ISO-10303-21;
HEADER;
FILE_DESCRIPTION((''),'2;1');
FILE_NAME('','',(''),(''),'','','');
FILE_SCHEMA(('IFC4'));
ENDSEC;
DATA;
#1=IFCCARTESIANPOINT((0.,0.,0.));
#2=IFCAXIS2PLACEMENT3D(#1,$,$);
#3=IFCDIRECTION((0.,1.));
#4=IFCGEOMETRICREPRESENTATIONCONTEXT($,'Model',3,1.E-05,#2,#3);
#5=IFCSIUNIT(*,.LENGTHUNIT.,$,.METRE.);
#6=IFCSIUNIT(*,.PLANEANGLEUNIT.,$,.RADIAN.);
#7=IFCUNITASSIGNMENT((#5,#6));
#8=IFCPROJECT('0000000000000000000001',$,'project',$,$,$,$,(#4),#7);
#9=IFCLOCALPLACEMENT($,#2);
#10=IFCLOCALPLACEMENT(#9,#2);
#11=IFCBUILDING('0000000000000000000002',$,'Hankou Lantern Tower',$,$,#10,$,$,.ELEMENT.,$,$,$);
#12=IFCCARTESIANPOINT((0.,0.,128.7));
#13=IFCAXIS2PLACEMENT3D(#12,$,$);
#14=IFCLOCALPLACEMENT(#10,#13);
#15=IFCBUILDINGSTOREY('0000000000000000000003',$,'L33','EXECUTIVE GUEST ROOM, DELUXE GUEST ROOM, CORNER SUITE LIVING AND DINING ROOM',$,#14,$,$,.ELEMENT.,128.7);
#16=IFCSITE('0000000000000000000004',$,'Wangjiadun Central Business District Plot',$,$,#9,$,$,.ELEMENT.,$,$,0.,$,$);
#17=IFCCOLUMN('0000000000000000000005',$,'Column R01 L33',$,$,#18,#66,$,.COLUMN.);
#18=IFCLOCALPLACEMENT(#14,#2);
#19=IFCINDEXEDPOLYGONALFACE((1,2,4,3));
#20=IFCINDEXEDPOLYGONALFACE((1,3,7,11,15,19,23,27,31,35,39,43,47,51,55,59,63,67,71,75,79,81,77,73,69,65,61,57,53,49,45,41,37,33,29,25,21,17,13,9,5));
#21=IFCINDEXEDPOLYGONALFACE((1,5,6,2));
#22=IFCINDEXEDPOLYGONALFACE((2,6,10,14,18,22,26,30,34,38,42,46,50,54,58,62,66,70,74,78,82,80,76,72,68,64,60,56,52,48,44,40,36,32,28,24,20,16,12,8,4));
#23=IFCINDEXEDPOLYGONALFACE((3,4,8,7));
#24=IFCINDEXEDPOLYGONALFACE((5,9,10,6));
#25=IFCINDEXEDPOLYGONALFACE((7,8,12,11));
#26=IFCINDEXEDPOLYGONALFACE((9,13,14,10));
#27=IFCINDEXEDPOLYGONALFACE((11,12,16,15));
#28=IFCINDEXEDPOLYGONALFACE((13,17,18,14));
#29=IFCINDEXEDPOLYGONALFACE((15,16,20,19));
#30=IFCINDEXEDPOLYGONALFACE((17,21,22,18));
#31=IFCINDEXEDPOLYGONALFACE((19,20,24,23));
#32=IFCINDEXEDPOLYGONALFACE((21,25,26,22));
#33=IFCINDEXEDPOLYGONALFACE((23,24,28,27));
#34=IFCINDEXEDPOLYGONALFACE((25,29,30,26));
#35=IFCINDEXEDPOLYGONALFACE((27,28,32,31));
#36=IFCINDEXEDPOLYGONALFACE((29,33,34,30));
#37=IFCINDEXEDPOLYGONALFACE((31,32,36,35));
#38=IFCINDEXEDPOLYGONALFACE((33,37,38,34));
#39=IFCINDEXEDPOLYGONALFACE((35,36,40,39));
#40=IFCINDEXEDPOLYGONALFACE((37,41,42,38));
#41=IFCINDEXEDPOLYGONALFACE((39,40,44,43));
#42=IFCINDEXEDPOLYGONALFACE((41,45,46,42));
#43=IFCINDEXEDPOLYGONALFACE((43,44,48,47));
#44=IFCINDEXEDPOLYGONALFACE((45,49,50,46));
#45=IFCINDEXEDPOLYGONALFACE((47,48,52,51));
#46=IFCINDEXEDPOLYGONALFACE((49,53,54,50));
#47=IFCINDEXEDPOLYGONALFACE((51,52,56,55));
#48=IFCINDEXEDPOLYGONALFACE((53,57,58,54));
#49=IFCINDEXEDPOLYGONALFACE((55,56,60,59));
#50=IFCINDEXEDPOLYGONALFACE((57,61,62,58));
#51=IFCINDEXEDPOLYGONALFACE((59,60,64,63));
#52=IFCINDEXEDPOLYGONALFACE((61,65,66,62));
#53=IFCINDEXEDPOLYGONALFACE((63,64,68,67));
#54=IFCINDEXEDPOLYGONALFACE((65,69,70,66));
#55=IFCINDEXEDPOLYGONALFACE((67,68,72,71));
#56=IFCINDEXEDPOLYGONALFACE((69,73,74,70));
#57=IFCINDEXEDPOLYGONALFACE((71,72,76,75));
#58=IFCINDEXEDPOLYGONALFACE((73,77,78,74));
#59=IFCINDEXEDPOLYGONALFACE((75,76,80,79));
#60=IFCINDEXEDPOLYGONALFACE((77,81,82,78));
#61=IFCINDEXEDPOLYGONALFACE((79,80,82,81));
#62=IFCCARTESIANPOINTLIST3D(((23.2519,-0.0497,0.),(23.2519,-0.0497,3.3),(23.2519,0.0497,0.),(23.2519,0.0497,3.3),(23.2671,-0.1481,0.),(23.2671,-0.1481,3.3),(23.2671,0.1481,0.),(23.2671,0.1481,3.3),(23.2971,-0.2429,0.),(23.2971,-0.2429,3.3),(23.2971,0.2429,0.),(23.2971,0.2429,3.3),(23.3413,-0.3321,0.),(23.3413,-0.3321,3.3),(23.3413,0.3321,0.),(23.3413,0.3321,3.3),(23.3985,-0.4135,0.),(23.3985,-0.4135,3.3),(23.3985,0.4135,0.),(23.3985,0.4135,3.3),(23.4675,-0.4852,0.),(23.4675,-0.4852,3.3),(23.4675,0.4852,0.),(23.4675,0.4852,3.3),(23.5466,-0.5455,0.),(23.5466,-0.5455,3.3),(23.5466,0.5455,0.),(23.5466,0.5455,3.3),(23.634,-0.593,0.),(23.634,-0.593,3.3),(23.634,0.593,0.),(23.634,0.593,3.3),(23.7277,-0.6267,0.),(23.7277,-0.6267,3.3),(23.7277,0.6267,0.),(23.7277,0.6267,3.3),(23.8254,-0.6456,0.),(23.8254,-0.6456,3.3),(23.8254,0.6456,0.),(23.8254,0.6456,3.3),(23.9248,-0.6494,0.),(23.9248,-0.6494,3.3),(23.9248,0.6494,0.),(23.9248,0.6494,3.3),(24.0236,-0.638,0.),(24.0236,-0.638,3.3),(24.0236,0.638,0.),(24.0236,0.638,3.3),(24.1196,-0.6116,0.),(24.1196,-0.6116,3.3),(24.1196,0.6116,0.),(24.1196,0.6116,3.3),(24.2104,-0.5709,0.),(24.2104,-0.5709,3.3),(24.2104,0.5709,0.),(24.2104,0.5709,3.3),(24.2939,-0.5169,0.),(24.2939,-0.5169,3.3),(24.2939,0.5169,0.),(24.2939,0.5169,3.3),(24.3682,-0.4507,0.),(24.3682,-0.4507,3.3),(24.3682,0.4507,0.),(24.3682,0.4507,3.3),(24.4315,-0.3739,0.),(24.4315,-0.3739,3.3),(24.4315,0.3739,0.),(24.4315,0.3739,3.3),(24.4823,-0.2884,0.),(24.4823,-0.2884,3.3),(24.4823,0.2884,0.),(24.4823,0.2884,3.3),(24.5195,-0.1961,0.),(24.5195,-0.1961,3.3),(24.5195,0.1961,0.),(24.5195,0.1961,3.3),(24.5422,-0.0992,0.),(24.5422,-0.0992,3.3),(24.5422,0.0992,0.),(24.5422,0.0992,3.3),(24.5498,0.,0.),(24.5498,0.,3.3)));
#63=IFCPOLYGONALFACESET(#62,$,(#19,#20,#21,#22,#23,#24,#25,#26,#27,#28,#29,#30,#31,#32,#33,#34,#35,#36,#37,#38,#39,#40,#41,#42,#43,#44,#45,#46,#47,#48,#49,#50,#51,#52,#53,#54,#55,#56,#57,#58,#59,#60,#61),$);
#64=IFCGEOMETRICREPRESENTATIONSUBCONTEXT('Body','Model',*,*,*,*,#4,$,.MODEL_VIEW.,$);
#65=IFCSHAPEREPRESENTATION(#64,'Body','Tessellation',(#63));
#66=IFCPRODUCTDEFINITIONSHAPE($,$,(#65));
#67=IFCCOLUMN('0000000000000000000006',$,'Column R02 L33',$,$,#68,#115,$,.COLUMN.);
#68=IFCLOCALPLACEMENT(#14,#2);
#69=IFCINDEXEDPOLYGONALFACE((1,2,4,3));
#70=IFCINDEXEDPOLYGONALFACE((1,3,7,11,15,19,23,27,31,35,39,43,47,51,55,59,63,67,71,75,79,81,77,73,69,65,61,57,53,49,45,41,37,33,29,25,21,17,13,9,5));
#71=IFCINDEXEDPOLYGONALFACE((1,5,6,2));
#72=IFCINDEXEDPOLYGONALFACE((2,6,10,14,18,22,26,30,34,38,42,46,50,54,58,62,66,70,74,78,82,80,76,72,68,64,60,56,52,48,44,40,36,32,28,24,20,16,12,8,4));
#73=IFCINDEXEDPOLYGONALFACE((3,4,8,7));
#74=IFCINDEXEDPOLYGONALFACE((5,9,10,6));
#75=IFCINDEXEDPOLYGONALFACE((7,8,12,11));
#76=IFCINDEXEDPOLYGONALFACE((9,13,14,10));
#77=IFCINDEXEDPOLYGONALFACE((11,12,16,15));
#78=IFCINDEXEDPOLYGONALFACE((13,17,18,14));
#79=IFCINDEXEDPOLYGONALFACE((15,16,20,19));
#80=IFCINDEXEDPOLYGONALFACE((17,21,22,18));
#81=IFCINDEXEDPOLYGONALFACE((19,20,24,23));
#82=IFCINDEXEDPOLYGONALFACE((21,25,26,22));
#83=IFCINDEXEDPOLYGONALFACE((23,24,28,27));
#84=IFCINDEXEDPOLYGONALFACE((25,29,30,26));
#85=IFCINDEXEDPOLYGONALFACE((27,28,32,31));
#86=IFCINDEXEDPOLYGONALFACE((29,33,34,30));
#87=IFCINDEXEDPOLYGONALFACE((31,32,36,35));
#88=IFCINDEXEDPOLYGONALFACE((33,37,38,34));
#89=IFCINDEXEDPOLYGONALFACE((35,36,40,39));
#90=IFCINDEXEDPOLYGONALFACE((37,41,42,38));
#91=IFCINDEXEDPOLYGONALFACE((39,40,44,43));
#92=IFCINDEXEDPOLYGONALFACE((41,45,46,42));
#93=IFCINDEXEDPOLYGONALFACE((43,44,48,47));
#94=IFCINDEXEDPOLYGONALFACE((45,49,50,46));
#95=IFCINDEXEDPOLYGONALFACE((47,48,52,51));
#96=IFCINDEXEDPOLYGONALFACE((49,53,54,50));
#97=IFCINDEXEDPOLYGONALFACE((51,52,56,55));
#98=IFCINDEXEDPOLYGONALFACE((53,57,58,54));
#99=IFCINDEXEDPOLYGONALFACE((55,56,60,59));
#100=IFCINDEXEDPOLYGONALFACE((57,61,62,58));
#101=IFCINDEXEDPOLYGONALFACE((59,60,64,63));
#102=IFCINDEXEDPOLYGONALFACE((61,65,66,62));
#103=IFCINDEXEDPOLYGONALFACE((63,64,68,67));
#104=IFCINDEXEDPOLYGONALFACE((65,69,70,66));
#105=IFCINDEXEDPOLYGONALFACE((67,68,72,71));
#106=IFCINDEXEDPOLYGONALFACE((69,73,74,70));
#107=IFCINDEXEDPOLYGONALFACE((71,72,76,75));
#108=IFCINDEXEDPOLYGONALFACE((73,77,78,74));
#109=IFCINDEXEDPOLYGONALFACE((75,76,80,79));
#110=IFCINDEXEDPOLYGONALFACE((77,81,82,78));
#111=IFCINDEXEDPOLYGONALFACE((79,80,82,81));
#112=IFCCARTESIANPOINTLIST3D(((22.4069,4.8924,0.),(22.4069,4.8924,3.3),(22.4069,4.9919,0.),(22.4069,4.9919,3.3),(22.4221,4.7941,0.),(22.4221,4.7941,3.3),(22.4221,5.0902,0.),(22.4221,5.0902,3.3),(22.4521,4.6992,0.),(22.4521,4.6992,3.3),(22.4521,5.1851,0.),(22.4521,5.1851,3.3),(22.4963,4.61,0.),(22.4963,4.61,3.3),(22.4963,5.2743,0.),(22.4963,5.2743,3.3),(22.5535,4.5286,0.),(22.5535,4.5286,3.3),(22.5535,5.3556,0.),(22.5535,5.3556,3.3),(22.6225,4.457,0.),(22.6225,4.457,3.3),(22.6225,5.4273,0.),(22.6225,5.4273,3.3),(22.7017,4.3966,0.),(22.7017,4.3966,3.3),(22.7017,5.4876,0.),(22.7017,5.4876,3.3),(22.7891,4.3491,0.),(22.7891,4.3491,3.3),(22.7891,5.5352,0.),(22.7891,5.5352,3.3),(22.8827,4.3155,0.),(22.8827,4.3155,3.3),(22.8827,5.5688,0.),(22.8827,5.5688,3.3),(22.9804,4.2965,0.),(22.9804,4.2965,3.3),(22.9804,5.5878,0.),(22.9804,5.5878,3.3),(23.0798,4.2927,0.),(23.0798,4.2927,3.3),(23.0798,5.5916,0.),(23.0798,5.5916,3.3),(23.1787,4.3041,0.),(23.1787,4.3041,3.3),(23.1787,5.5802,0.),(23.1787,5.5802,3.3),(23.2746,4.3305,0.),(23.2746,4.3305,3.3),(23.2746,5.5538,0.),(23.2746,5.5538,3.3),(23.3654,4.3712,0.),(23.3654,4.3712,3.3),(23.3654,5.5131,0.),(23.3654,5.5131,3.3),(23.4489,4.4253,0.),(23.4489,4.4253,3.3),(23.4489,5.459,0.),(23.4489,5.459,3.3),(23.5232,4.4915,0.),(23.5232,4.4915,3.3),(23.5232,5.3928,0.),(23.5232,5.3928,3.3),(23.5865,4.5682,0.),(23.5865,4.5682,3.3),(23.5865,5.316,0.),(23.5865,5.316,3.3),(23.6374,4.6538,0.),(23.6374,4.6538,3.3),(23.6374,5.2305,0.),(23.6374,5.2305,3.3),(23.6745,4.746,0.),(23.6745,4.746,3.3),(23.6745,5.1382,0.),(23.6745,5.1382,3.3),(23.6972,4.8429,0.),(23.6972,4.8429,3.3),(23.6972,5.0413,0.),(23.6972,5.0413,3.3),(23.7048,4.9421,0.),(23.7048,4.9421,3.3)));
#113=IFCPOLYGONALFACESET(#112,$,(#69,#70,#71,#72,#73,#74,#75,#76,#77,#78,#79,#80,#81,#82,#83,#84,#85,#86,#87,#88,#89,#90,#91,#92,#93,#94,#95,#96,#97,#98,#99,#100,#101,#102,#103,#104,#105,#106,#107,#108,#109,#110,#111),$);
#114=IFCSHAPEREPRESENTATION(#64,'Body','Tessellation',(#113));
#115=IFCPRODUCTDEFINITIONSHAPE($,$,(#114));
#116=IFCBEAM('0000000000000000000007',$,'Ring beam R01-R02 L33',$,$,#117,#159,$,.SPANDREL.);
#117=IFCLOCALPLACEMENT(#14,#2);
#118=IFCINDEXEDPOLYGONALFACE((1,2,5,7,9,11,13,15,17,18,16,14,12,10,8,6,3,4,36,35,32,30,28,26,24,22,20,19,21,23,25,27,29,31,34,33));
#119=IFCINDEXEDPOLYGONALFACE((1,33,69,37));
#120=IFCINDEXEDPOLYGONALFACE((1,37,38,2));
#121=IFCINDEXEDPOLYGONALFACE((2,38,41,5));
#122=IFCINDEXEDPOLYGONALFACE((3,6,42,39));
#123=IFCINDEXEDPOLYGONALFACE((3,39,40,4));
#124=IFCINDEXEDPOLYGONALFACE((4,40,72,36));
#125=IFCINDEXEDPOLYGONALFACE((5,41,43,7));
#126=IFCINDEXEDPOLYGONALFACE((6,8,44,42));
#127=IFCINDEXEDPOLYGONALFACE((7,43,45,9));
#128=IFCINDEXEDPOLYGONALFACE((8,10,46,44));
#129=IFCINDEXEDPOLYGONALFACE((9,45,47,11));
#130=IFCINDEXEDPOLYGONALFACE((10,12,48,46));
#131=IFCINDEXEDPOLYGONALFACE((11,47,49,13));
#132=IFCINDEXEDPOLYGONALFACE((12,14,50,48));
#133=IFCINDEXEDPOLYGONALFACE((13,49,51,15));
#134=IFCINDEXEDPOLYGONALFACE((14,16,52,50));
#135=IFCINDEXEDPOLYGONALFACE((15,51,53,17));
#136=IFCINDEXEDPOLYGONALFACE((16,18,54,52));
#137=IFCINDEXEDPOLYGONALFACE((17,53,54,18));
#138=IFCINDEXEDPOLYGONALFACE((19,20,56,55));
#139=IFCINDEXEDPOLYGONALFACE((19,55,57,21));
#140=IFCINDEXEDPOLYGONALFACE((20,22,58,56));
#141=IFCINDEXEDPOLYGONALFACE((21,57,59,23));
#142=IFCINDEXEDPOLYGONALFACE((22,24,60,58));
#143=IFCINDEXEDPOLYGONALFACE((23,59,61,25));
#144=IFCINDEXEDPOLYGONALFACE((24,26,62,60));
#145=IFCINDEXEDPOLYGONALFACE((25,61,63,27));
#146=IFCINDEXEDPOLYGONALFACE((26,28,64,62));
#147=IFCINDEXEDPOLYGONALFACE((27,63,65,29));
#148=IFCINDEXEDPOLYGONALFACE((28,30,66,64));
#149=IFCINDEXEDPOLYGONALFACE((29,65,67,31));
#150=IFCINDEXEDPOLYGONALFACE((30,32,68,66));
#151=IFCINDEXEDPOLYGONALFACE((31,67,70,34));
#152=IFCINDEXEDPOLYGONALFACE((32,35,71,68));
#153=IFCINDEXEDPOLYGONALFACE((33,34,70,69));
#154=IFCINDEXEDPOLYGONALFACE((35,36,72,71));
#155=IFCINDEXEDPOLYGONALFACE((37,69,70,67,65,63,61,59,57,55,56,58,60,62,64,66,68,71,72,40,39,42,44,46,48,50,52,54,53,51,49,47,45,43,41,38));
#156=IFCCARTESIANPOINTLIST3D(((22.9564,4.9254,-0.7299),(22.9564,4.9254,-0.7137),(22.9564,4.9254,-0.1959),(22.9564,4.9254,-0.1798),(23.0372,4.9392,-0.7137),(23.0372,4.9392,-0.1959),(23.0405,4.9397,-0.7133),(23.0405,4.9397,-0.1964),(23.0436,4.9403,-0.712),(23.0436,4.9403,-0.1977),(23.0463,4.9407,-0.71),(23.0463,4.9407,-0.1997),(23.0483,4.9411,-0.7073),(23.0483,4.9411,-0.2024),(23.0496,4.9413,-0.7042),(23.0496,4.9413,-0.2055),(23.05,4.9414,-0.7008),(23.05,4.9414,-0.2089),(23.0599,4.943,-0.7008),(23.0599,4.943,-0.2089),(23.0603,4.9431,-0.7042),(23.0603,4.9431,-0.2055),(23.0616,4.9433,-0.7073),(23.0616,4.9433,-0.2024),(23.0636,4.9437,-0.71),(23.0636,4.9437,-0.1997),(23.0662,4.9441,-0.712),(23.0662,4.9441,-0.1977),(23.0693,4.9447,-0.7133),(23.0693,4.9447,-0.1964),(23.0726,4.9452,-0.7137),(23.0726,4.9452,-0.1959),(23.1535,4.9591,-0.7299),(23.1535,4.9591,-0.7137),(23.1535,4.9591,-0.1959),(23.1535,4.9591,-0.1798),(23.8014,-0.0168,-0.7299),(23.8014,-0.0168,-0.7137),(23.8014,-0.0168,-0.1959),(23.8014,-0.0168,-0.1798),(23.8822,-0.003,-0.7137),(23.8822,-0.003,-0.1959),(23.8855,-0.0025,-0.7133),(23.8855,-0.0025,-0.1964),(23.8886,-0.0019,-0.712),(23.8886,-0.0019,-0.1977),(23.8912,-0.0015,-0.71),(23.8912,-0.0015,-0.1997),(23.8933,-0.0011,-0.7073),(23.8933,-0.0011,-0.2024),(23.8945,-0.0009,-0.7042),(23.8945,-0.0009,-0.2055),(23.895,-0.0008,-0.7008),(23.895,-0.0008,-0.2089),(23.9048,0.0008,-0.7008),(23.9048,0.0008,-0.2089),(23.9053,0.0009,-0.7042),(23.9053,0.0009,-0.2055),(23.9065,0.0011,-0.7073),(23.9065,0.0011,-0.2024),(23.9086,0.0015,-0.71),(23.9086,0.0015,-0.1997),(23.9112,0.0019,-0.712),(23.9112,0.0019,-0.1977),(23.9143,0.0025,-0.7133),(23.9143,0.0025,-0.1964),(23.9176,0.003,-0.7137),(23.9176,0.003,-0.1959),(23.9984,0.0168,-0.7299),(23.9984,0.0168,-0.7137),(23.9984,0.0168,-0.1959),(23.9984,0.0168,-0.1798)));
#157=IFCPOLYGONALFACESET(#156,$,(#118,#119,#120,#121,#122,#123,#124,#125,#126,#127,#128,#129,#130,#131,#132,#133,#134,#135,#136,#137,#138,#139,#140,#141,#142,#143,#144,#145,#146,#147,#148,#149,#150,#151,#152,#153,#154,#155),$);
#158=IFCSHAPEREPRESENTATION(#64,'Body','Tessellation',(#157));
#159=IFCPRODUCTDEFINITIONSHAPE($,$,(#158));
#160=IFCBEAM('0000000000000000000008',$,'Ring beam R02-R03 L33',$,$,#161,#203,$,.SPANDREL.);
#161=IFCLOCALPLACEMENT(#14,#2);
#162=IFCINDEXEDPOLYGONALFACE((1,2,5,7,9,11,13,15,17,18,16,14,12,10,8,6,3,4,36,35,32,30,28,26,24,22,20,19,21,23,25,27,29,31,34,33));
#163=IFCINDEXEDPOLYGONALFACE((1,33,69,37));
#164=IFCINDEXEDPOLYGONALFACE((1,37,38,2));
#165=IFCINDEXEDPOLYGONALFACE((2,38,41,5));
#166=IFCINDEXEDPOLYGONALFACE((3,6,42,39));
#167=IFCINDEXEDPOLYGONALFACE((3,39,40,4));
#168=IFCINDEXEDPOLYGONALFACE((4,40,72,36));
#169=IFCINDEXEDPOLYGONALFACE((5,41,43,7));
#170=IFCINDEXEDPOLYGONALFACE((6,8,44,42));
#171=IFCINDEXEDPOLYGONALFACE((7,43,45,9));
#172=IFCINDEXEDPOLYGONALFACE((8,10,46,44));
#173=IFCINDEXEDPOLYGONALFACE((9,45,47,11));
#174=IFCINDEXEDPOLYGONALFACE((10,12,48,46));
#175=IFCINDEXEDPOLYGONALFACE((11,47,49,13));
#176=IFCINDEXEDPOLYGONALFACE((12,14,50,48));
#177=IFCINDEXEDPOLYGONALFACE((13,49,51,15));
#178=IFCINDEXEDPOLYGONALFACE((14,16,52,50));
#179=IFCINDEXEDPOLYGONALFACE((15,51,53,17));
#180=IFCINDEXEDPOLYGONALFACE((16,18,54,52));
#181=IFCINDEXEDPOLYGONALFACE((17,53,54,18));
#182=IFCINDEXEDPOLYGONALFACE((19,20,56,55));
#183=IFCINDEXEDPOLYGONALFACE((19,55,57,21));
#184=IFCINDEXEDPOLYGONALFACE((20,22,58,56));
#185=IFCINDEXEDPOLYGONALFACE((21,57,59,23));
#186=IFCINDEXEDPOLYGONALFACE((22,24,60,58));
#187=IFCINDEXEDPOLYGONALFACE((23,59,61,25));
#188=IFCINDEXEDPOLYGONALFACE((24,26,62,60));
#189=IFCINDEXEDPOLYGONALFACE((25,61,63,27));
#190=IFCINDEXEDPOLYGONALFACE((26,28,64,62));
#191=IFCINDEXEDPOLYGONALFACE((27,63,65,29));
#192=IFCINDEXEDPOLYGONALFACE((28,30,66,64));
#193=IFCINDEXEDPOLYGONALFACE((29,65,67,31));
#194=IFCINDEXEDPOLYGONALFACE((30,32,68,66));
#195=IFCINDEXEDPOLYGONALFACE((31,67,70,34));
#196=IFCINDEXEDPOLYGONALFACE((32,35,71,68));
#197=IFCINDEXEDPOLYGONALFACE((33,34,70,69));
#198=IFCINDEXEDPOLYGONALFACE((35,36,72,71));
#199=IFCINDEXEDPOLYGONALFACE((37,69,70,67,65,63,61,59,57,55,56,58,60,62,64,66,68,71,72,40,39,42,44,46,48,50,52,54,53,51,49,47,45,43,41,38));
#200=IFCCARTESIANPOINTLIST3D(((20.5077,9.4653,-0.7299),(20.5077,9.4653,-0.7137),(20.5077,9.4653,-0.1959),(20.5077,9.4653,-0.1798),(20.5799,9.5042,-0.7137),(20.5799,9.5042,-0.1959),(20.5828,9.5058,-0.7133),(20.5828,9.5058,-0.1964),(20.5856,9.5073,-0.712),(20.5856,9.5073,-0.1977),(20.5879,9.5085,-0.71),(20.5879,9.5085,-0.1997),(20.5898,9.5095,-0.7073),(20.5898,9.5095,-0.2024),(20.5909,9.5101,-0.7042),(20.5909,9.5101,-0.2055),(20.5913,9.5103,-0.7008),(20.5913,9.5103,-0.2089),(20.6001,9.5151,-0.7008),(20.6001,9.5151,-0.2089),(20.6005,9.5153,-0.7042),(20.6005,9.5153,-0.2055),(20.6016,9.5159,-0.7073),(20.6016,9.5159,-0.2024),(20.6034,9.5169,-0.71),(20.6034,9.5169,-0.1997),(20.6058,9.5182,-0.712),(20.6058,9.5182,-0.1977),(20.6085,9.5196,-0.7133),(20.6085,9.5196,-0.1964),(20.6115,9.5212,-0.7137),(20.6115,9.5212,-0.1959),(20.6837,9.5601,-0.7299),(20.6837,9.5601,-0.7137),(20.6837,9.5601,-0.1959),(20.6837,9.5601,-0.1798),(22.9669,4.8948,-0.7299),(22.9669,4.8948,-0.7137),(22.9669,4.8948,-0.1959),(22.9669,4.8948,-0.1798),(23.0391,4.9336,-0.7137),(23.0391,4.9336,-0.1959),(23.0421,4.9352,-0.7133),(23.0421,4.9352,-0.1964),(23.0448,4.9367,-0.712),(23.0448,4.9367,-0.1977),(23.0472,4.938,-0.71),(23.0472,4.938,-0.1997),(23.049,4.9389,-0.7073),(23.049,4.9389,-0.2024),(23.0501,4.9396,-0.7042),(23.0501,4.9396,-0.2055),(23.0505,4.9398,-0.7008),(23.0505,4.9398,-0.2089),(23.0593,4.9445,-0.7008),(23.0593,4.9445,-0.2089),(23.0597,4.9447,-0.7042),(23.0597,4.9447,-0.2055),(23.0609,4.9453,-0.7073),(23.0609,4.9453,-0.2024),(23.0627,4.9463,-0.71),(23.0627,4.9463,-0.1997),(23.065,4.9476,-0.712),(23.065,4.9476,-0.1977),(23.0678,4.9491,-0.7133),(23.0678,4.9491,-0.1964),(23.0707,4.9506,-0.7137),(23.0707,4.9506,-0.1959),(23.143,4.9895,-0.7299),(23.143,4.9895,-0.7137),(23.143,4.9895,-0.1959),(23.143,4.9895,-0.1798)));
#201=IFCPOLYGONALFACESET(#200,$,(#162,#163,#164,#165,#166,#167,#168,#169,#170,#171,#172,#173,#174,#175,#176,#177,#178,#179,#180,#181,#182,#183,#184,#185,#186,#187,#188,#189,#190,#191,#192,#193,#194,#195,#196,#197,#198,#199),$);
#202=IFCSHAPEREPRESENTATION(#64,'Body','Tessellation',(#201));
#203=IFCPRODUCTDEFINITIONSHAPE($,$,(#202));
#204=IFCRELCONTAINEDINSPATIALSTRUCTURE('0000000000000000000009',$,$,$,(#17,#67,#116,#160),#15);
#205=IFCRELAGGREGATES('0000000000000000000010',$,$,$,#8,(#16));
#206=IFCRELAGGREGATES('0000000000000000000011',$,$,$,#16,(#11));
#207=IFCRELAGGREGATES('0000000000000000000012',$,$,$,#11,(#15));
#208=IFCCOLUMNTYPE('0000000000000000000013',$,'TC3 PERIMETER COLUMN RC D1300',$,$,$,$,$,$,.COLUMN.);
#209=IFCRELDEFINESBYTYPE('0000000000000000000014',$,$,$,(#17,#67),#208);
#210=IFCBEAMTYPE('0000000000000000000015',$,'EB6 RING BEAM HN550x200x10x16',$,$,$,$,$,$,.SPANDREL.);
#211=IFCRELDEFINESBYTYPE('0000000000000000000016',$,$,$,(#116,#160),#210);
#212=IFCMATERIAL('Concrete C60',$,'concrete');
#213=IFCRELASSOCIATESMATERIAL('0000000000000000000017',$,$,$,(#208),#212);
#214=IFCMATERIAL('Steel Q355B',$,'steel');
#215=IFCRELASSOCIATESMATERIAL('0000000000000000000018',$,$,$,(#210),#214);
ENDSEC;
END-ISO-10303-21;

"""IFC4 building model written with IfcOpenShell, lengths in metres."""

from ifc_helpers import new_model, si_unit, direction, frame, origin, origin_2d, place, context, subcontext, project, spatial, circle, i_section, extrude, material, material_profile, profile_set, type_object, element, save


model = new_model("IFC4")

# Units and contexts
model_context = context("Model", 3, precision=1e-05, world=origin(), true_north=direction((0.0, 1.0)))
body_context = subcontext(model_context, "Body", "Model", "MODEL_VIEW")
ifc_project = project(units=[si_unit("LENGTHUNIT", "METRE"), si_unit("PLANEANGLEUNIT", "RADIAN")], contexts=[model_context])

# Site, building, storey
site_placement = place(None, origin())
site = spatial("IfcSite", under=ifc_project, at=site_placement, Name="Wangjiadun Central Business District Plot", CompositionType="ELEMENT", RefElevation=0.0)
building_placement = place(site_placement, origin())
building = spatial("IfcBuilding", under=site, at=building_placement, Name="Hankou Lantern Tower", CompositionType="ELEMENT")
storey_placement = place(building_placement, frame((0.0, 0.0, 128.7)))
storey = spatial("IfcBuildingStorey", under=building, at=storey_placement, Name="L33", Description="EXECUTIVE GUEST ROOM, DELUXE GUEST ROOM, CORNER SUITE LIVING AND DINING ROOM", CompositionType="ELEMENT", Elevation=128.7)

# Columns
ifc_material_1 = material(Name="Concrete C60", Category="concrete")
ifc_material_profile_1 = material_profile(ifc_material_1, circle(Radius=0.6499, at=origin_2d()), Name="RC D1300")
ifc_profile_set_1 = profile_set([ifc_material_profile_1], Name="Concrete C60")
column_type = type_object("IfcColumnType", Name="TC3 PERIMETER COLUMN RC D1300", PredefinedType="COLUMN", material=ifc_profile_set_1)
for number, where, z_axis, x_axis, name in (
    (1, (23.8999, 0.0, 0.0), (0.0, 0.0, 1.0), (1.0, 0.0, 0.0), "Column R01 L33"),
    (2, (23.0549, 4.9421, 0.0), (0.0, 0.0, 1.0), (1.0, 0.0, 0.0), "Column R02 L33"),
):
    element("IfcColumn", number, at=place(storey_placement, frame(where, z_axis=z_axis, x_axis=x_axis)), inside=storey, type_object=column_type, Name=name, PredefinedType="COLUMN", context=body_context, shape_type="SweptSolid", body=[
        extrude(circle(Radius=0.6499, at=origin_2d()), origin(), (0.0, 0.0, 1.0), 3.3),
    ])

# Beams
ifc_material_2 = material(Name="Steel Q355B", Category="steel")
ifc_material_profile_2 = material_profile(ifc_material_2, i_section(OverallWidth=0.2, OverallDepth=0.55, WebThickness=0.01, FlangeThickness=0.0161, FilletRadius=0.0129, at=origin_2d()), Name="HN550x200x10x16")
ifc_profile_set_2 = profile_set([ifc_material_profile_2], Name="Steel Q355B")
beam_type_1 = type_object("IfcBeamType", Name="EB6 RING BEAM HN550x200x10x16", PredefinedType="SPANDREL", material=ifc_profile_set_2)
beam_1_placement = place(storey_placement, frame((23.8999, 0.0, -0.4548), z_axis=(-0.168527, 0.985697, 0.0), x_axis=(-0.985697, -0.168527, 0.0)))
element("IfcBeam", 3, at=beam_1_placement, inside=storey, type_object=beam_type_1, Name="Ring beam R01-R02 L33", PredefinedType="SPANDREL", context=body_context, shape_type="SweptSolid", body=[
    extrude(i_section(OverallWidth=0.2, OverallDepth=0.55, WebThickness=0.01, FlangeThickness=0.0161, FilletRadius=0.0129, at=origin_2d()), origin(), (0.0, 0.0, 1.0), 5.0139),
])
beam_2_placement = place(storey_placement, frame((23.0549, 4.9421, -0.4548), z_axis=(-0.473825, 0.880619, 0.0), x_axis=(-0.880619, -0.473825, 0.0)))
element("IfcBeam", 4, at=beam_2_placement, inside=storey, type_object=beam_type_1, Name="Ring beam R02-R03 L33", PredefinedType="SPANDREL", context=body_context, shape_type="SweptSolid", body=[
    extrude(i_section(OverallWidth=0.2, OverallDepth=0.55, WebThickness=0.01, FlangeThickness=0.0161, FilletRadius=0.0129, at=origin_2d()), origin(), (0.0, 0.0, 1.0), 5.1902),
])

save(model, "model.ifc")
